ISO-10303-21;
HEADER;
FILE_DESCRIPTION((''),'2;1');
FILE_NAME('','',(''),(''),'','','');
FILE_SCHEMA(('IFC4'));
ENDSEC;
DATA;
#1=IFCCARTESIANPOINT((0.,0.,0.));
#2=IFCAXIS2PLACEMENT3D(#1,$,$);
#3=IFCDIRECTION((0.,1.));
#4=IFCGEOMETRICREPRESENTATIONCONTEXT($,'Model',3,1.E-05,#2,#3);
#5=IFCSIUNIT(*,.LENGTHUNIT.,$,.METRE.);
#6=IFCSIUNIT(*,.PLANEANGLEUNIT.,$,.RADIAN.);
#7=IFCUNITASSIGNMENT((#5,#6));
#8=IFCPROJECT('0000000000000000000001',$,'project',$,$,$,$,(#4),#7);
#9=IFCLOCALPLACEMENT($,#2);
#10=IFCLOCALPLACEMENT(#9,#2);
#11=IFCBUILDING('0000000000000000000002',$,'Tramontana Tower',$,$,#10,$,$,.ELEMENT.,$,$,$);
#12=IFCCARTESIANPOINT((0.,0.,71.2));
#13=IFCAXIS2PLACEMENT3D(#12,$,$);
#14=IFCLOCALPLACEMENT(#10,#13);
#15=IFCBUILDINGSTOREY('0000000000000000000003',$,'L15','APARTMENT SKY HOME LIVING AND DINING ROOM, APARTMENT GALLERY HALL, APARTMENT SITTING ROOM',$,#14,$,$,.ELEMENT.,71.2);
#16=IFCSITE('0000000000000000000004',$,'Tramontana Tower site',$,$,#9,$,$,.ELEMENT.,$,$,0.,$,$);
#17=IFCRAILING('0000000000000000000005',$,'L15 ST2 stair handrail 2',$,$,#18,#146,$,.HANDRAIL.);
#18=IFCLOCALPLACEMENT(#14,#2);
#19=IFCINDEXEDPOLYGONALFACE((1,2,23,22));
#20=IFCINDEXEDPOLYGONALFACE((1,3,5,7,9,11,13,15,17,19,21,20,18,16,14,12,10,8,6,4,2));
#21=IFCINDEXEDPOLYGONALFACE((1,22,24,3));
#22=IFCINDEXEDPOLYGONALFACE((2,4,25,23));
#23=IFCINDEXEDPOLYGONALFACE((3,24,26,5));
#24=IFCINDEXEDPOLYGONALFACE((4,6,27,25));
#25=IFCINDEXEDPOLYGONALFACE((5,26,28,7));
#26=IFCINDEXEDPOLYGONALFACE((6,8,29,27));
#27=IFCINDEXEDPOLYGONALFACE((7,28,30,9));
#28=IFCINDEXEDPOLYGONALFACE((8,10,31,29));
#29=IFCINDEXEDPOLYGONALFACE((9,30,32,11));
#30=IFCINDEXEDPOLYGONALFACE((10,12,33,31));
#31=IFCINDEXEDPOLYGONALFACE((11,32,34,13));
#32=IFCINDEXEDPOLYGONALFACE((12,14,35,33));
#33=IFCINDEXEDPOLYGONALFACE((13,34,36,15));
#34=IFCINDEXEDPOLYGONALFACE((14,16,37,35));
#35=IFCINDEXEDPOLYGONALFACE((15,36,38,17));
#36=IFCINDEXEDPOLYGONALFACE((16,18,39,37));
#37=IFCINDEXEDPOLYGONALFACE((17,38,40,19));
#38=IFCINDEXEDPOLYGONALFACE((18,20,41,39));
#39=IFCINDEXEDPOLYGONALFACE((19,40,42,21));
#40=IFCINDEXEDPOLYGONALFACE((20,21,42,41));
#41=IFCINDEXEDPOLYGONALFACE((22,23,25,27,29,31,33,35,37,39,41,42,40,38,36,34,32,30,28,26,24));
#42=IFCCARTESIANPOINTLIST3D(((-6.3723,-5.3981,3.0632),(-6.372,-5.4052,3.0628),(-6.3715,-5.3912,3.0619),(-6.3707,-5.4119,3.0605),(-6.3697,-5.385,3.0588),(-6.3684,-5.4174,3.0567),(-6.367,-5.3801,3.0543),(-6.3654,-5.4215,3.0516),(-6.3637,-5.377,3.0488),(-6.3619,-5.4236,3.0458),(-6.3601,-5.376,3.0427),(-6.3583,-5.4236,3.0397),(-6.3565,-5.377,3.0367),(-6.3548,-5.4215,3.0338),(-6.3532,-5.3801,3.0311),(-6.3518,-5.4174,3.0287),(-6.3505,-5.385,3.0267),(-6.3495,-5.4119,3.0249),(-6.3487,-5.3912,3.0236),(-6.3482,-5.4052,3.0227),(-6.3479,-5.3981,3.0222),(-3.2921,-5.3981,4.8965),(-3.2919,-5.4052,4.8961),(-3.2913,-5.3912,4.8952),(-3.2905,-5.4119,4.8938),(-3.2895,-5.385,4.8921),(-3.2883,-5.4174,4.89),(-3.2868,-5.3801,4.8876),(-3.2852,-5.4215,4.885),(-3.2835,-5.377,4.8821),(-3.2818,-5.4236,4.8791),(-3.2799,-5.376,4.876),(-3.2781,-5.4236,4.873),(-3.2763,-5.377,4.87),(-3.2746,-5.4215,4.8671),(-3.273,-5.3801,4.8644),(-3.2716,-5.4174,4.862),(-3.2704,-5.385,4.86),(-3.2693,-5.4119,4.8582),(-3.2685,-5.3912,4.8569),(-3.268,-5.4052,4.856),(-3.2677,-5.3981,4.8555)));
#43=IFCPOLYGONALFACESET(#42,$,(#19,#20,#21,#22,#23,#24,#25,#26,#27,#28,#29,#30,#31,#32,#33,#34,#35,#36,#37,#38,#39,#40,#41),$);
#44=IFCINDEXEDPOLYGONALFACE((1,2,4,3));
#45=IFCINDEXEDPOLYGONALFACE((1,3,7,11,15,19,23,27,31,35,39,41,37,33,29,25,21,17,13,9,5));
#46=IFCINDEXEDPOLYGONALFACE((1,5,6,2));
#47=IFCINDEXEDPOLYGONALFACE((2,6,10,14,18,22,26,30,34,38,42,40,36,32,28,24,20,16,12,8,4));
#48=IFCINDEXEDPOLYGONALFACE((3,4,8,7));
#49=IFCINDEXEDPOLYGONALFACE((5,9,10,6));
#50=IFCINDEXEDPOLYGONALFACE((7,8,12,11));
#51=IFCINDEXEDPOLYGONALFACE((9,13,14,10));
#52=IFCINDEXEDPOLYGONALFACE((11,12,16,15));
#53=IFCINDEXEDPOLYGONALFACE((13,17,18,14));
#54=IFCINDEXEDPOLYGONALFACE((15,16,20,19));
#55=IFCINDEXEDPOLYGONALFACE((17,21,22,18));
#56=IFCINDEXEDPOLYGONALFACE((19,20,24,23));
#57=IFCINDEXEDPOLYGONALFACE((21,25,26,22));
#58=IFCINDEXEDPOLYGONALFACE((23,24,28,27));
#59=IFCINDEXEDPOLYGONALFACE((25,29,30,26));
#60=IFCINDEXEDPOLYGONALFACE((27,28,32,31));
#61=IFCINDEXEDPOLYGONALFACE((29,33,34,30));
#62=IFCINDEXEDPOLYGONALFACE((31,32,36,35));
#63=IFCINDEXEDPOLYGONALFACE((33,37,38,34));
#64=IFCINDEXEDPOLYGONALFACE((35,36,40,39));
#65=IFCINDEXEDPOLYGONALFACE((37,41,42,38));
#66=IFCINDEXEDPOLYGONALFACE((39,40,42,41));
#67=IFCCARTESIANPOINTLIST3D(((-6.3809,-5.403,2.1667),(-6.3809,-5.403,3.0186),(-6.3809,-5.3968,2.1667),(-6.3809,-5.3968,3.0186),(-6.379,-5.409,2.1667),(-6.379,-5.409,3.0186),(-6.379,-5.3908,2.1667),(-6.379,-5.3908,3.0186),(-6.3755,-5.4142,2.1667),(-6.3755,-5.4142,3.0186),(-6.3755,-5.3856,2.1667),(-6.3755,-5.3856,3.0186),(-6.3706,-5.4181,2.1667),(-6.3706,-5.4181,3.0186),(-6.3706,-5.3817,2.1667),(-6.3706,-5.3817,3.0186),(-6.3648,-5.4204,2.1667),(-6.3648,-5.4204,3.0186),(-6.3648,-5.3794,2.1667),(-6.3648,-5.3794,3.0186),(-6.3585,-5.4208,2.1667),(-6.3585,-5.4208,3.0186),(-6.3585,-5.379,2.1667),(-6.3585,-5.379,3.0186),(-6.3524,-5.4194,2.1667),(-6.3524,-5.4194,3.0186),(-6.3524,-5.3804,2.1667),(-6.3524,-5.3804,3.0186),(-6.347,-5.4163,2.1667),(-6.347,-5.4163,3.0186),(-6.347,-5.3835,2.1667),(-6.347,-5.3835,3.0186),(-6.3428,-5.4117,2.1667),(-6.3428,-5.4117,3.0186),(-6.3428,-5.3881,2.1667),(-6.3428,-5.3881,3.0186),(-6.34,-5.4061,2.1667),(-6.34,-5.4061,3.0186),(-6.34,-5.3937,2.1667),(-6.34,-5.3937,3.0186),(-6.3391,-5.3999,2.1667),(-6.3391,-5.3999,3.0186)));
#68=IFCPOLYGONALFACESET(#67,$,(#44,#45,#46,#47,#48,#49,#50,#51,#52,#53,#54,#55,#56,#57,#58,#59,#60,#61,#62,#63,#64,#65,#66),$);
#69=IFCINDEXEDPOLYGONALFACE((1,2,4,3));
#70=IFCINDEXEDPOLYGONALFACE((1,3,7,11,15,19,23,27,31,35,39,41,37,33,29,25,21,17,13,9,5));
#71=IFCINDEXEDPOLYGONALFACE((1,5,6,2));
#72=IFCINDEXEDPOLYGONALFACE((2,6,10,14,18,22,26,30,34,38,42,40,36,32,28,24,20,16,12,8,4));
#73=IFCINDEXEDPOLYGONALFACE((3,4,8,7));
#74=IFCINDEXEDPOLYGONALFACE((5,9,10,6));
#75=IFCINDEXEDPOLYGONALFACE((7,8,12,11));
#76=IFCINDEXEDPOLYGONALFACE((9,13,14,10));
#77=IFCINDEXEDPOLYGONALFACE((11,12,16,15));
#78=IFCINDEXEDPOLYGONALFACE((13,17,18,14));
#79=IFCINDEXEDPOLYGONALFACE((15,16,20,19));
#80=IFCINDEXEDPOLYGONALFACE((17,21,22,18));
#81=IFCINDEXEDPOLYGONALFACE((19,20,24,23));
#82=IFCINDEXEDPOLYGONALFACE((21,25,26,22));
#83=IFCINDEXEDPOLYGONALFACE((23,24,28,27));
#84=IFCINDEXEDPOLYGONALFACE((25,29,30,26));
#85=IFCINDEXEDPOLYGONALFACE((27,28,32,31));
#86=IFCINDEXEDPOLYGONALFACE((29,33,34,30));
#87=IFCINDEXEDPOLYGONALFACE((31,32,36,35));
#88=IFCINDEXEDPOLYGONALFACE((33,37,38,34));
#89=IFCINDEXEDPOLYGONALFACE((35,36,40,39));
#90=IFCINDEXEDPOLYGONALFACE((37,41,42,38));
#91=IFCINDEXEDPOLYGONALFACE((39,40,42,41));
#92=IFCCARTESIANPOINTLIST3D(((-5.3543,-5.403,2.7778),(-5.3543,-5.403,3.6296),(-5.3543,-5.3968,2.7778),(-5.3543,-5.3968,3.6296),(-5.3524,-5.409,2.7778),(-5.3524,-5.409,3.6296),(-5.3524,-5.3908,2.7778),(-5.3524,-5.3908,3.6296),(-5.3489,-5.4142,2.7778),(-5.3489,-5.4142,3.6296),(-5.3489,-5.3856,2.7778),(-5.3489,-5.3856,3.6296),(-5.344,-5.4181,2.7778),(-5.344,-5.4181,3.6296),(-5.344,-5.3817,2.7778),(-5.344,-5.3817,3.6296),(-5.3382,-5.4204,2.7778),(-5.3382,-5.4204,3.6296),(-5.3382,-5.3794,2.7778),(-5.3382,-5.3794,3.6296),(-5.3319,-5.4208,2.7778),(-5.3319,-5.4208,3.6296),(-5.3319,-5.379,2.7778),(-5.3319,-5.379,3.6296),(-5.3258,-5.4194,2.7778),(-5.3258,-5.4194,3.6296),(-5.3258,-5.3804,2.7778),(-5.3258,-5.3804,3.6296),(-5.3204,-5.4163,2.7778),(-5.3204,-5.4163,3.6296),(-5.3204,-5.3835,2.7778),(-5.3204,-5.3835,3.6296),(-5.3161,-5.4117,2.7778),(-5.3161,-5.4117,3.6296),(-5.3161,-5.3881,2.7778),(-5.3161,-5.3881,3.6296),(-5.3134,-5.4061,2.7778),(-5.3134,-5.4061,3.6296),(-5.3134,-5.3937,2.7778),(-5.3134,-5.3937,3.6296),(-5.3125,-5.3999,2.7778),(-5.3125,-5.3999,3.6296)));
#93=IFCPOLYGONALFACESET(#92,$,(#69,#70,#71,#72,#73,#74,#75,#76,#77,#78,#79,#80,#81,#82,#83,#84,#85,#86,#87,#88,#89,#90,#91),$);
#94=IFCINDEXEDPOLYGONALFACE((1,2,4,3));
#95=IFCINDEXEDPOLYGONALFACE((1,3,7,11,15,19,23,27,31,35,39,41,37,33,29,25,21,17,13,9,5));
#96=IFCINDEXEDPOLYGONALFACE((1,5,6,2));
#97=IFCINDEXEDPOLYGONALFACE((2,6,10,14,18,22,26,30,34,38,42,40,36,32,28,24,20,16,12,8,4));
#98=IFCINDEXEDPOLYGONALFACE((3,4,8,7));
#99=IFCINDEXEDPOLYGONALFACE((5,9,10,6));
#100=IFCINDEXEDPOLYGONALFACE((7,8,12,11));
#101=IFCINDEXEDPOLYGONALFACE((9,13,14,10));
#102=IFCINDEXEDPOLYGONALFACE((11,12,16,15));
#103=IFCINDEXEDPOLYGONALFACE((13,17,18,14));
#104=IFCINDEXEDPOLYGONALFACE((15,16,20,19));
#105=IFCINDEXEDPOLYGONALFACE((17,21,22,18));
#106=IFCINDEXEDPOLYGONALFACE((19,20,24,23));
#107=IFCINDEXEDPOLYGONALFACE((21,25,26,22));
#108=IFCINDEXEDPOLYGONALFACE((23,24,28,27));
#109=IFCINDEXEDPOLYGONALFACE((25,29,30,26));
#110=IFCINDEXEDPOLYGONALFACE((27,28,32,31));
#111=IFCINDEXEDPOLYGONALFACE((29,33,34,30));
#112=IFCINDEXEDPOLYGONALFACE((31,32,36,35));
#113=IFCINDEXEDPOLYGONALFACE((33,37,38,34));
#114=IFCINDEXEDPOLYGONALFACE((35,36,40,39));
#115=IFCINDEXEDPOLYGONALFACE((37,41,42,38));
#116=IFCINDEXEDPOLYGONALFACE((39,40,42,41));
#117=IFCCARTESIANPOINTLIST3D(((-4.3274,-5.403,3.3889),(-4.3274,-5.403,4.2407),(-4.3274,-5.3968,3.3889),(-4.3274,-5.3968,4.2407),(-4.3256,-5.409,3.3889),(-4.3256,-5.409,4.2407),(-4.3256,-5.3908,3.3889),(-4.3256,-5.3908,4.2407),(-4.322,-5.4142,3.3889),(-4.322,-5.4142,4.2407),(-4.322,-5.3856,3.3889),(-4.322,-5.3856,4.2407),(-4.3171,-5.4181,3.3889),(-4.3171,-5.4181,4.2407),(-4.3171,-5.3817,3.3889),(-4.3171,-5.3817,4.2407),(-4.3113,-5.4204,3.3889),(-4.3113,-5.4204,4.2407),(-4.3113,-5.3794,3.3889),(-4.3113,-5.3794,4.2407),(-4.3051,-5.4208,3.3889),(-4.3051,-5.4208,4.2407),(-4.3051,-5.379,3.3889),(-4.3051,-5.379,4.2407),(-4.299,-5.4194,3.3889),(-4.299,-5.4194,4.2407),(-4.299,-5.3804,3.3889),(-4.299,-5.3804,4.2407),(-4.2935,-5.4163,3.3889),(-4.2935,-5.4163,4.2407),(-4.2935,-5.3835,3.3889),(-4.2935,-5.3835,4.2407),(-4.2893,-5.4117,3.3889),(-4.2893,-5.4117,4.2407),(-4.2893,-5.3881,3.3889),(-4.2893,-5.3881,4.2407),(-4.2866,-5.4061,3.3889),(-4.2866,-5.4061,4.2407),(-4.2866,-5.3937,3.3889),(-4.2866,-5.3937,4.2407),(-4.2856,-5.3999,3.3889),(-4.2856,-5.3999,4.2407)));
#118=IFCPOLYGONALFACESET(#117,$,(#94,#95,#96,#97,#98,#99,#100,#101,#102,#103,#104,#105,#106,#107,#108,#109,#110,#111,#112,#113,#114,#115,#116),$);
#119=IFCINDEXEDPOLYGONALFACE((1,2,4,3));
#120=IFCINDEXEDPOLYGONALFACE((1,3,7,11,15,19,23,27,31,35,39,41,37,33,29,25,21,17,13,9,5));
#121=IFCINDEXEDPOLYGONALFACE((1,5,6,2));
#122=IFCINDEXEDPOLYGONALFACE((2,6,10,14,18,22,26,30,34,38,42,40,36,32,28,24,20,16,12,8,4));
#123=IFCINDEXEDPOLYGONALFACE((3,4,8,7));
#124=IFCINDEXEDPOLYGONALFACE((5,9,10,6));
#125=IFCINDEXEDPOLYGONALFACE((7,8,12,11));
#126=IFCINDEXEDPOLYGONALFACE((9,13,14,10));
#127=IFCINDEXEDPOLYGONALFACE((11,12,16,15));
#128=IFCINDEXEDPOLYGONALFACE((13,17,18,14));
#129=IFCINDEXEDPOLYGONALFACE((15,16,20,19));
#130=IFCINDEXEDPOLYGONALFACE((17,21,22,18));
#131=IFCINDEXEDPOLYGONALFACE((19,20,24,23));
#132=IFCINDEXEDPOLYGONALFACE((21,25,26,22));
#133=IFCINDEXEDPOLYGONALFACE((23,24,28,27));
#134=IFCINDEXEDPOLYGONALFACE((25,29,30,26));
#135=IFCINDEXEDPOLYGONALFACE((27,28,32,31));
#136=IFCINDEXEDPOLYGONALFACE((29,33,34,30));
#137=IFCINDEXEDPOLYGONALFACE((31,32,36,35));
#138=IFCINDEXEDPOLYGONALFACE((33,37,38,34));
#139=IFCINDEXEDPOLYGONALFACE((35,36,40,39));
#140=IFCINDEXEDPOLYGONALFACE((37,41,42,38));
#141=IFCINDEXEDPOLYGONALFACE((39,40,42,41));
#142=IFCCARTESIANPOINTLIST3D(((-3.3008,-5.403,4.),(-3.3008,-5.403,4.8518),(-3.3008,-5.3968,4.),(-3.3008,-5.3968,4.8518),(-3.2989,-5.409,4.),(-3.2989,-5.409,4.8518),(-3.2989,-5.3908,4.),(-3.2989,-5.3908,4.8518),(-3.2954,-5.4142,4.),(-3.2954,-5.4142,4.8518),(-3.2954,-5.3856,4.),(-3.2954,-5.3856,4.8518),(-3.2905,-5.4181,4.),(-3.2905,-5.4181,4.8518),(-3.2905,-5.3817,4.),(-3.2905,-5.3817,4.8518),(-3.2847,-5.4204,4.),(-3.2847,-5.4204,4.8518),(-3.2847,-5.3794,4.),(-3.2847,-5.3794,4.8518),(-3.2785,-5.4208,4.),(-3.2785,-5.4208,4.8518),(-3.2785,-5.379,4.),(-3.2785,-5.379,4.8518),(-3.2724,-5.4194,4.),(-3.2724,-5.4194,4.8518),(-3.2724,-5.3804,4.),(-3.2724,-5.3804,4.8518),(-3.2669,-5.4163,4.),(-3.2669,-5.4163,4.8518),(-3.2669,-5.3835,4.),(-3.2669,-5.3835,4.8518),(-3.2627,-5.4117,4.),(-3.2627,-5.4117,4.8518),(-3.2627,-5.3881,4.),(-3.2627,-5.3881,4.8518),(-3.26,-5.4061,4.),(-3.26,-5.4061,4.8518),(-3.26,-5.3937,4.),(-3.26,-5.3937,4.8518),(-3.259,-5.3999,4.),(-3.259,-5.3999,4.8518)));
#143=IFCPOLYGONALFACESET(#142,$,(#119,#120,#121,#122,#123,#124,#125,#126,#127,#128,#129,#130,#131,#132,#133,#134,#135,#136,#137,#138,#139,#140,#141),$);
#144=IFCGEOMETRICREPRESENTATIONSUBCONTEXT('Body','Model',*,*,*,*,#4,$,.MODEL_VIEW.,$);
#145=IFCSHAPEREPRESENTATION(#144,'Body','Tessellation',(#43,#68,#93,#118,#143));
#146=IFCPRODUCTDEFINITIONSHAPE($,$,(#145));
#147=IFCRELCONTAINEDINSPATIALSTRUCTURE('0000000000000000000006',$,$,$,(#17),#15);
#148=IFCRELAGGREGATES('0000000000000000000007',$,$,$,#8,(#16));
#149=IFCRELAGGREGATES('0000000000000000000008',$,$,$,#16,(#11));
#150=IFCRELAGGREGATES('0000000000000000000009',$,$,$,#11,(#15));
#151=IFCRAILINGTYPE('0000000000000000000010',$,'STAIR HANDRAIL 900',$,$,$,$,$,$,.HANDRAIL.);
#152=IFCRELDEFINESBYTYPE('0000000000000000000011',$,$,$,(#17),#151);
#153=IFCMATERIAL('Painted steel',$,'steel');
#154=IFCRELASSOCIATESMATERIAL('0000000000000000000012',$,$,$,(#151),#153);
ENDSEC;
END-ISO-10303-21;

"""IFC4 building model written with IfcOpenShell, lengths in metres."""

from ifc_helpers import new_model, si_unit, direction, frame, origin, origin_2d, place, context, subcontext, project, spatial, circle, extrude, material, type_object, element, save


model = new_model("IFC4")

# Units and contexts
model_context = context("Model", 3, precision=1e-05, world=origin(), true_north=direction((0.0, 1.0)))
body_context = subcontext(model_context, "Body", "Model", "MODEL_VIEW")
ifc_project = project(units=[si_unit("LENGTHUNIT", "METRE"), si_unit("PLANEANGLEUNIT", "RADIAN")], contexts=[model_context])

# Site, building, storey
site_placement = place(None, origin())
site = spatial("IfcSite", under=ifc_project, at=site_placement, Name="Tramontana Tower site", CompositionType="ELEMENT", RefElevation=0.0)
building_placement = place(site_placement, origin())
building = spatial("IfcBuilding", under=site, at=building_placement, Name="Tramontana Tower", CompositionType="ELEMENT")
storey_placement = place(building_placement, frame((0.0, 0.0, 71.2)))
storey = spatial("IfcBuildingStorey", under=building, at=storey_placement, Name="L15", Description="APARTMENT SKY HOME LIVING AND DINING ROOM, APARTMENT GALLERY HALL, APARTMENT SITTING ROOM", CompositionType="ELEMENT", Elevation=71.2)

# Railing
ifc_material_1 = material(Name="Painted steel", Category="steel")
railing_type_1 = type_object("IfcRailingType", Name="STAIR HANDRAIL 900", PredefinedType="HANDRAIL", material=ifc_material_1)
railing_1_placement = place(storey_placement, frame((-6.3601, -5.3999, 2.1667)))
element("IfcRailing", 1, at=railing_1_placement, inside=storey, type_object=railing_type_1, Name="L15 ST2 stair handrail 2", PredefinedType="HANDRAIL", context=body_context, shape_type="SweptSolid", body=[
    extrude(circle(Radius=0.0239, at=origin_2d()), frame((0.0, 0.0, 0.876), z_axis=(0.859309, 0.0, 0.511458), x_axis=(0.0, 1.0, 0.0)), (0.0, 0.0, 1.0), 3.5845),
    extrude(circle(Radius=0.021, at=origin_2d()), origin(), (0.0, 0.0, 1.0), 0.8518),
    extrude(circle(Radius=0.021, at=origin_2d()), frame((1.0266, 0.0, 0.6111)), (0.0, 0.0, 1.0), 0.8518),
    extrude(circle(Radius=0.021, at=origin_2d()), frame((2.0535, 0.0, 1.2222)), (0.0, 0.0, 1.0), 0.8518),
    extrude(circle(Radius=0.021, at=origin_2d()), frame((3.0801, 0.0, 1.8333)), (0.0, 0.0, 1.0), 0.8518),
])

save(model, "model.ifc")
